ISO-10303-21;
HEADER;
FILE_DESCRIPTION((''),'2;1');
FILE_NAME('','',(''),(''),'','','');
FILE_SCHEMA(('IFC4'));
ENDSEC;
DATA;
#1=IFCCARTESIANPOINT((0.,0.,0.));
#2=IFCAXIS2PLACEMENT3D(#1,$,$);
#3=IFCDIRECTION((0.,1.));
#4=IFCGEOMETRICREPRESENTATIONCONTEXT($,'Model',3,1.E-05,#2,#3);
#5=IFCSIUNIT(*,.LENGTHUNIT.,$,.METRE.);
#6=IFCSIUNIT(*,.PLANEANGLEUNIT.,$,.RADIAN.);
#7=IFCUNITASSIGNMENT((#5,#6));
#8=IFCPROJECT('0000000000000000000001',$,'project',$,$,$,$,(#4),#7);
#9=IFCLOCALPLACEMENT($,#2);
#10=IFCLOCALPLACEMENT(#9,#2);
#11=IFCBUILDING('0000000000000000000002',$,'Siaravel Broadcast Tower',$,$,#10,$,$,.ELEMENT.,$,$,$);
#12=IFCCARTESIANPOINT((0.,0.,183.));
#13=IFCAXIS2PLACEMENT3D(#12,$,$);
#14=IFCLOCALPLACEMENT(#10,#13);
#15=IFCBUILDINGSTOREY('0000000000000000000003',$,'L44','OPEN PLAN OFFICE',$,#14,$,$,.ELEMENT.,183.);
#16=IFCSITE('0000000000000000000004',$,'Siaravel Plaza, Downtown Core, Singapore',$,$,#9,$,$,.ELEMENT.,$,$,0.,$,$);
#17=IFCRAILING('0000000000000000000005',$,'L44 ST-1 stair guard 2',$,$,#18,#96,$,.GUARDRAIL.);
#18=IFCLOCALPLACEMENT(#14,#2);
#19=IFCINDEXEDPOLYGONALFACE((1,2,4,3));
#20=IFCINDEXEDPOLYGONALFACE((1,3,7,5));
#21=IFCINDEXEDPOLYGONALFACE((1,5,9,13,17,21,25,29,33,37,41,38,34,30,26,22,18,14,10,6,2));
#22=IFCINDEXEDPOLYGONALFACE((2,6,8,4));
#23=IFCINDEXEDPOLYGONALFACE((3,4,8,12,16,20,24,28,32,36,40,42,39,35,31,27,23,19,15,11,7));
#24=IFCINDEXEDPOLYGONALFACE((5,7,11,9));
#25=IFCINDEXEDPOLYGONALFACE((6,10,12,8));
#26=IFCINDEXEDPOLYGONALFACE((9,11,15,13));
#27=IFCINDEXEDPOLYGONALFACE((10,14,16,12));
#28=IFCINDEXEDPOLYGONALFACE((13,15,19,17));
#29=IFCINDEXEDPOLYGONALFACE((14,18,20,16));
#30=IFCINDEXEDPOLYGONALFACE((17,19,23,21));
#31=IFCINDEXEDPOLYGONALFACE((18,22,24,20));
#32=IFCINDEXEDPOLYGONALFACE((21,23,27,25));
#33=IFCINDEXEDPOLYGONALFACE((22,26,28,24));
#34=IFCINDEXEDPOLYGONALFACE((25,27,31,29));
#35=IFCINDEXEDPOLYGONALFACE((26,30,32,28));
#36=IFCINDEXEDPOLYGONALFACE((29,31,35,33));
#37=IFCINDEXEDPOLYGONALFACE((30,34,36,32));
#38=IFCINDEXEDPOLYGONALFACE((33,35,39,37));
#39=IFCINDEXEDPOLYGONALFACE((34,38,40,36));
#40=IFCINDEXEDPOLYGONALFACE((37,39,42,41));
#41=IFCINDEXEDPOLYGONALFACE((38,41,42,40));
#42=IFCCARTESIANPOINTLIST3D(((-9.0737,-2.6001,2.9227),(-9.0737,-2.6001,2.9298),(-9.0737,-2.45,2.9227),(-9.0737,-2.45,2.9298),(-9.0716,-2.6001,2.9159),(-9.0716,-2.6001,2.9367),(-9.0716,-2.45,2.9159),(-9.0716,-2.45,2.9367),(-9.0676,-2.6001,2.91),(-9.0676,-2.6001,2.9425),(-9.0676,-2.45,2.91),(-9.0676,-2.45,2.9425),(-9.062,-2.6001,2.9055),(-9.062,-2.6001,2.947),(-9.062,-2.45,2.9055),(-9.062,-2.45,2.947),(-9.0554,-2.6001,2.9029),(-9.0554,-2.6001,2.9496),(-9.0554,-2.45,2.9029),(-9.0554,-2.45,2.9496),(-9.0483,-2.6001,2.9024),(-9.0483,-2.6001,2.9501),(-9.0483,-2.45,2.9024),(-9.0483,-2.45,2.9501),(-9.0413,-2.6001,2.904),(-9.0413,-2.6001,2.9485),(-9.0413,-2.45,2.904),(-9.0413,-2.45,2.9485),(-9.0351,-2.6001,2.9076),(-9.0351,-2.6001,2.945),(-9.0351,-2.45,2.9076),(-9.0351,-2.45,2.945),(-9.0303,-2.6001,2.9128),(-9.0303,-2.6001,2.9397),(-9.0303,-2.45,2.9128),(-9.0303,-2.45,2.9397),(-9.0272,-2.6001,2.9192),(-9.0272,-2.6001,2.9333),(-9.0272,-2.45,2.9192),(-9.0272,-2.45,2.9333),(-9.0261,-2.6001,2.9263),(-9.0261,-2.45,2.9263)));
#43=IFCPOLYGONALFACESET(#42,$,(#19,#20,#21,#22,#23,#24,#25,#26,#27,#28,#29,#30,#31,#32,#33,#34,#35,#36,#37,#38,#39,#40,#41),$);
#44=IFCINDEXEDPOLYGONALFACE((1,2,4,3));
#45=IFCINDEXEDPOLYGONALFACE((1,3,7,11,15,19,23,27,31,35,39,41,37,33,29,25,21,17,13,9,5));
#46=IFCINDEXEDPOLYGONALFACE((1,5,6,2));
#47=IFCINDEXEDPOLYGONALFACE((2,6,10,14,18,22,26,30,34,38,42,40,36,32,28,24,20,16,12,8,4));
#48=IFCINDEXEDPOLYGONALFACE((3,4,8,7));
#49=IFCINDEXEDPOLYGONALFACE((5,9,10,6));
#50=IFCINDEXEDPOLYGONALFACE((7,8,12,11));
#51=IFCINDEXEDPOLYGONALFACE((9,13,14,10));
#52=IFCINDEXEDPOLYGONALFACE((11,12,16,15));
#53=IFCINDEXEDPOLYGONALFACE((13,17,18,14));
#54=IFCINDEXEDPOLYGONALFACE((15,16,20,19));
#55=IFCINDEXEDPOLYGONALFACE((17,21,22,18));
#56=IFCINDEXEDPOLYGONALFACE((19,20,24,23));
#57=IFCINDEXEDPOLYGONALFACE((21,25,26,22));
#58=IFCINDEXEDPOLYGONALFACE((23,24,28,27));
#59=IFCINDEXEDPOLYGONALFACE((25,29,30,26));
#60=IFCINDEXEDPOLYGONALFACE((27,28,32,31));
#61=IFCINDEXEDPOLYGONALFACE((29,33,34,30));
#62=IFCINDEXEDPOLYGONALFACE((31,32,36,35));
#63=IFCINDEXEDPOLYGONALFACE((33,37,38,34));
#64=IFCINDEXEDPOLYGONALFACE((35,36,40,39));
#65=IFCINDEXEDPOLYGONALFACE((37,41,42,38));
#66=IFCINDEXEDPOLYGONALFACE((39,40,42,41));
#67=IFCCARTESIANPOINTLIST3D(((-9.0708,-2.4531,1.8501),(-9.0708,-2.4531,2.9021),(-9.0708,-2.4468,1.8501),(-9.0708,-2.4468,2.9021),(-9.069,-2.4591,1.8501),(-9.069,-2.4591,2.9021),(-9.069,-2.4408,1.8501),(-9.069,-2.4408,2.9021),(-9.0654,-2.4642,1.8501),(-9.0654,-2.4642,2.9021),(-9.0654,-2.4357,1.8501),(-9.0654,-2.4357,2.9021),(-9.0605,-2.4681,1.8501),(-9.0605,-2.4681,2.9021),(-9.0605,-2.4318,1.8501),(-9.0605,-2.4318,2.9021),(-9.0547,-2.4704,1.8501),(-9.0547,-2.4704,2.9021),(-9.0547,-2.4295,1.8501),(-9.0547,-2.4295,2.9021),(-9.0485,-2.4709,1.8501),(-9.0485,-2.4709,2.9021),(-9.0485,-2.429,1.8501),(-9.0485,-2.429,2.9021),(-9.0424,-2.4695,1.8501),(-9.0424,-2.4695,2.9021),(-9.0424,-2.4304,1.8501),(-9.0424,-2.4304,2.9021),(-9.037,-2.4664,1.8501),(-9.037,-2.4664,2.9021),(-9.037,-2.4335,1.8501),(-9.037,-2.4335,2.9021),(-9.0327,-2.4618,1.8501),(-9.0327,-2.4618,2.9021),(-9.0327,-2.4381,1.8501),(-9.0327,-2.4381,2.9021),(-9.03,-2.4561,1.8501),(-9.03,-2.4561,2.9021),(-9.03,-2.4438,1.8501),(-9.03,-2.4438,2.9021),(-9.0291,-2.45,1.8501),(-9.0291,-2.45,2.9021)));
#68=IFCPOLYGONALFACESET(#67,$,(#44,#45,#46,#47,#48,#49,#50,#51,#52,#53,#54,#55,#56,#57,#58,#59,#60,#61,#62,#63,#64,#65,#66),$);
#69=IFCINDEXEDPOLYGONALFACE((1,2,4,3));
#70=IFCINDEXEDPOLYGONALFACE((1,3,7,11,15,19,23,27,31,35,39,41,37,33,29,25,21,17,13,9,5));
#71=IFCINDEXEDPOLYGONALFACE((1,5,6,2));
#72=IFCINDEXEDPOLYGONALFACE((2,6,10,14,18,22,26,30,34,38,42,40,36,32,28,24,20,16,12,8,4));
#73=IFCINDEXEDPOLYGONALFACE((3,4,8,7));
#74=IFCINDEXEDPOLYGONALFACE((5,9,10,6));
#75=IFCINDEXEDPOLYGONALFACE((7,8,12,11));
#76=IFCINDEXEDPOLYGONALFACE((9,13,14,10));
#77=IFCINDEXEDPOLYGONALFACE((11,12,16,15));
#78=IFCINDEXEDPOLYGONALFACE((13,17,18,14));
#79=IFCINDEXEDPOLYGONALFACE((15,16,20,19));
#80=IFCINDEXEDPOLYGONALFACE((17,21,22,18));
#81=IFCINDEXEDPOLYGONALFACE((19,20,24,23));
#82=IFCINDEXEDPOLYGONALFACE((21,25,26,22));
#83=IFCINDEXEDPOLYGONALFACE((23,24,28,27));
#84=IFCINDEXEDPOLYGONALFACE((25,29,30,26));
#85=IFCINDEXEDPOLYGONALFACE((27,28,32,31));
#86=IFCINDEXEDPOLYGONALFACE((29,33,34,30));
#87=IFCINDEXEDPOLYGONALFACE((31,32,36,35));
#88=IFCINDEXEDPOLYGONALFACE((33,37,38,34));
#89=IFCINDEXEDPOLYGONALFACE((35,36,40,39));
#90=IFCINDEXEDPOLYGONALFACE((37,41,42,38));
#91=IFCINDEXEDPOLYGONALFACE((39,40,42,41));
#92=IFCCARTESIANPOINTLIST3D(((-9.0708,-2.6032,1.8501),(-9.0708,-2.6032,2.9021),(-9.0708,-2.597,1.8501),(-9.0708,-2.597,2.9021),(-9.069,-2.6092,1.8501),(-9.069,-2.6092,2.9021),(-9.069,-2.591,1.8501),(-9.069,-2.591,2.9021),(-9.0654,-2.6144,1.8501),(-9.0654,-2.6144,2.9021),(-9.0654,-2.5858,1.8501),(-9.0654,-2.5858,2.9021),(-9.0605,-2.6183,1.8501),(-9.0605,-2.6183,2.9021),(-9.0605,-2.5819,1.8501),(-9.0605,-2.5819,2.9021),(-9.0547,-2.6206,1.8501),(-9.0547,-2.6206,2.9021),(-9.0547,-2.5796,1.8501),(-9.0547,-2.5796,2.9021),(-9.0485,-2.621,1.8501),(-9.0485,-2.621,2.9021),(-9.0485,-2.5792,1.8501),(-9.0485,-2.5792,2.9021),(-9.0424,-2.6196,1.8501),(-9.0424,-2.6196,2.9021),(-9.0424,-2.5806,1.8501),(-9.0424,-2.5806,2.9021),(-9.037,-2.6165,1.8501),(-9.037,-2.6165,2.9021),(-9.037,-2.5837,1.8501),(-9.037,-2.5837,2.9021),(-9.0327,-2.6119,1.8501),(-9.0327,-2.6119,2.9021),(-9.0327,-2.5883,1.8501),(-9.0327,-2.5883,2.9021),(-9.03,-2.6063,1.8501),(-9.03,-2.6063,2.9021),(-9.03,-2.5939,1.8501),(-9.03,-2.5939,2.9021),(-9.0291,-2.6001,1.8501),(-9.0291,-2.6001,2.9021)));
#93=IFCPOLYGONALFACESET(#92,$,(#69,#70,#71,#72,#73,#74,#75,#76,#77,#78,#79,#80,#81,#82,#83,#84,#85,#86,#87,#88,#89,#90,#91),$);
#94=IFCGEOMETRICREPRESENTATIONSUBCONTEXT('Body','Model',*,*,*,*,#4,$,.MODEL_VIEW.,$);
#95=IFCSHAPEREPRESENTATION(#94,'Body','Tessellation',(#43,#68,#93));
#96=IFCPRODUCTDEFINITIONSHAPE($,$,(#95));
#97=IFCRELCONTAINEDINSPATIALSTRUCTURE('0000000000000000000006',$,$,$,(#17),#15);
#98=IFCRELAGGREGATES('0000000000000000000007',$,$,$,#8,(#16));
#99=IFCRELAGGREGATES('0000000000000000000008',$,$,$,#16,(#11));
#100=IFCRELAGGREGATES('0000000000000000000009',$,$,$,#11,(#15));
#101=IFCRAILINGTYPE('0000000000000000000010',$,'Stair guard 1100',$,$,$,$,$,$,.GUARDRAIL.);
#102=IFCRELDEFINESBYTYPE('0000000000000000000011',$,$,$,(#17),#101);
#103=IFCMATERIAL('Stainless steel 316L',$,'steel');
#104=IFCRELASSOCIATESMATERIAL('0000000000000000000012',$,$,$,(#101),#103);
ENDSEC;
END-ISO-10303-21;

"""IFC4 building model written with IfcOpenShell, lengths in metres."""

from ifc_helpers import new_model, si_unit, direction, frame, origin, origin_2d, place, context, subcontext, project, spatial, circle, extrude, material, type_object, element, save


model = new_model("IFC4")

# Units and contexts
model_context = context("Model", 3, precision=1e-05, world=origin(), true_north=direction((0.0, 1.0)))
body_context = subcontext(model_context, "Body", "Model", "MODEL_VIEW")
ifc_project = project(units=[si_unit("LENGTHUNIT", "METRE"), si_unit("PLANEANGLEUNIT", "RADIAN")], contexts=[model_context])

# Site, building, storey
site_placement = place(None, origin())
site = spatial("IfcSite", under=ifc_project, at=site_placement, Name="Siaravel Plaza, Downtown Core, Singapore", CompositionType="ELEMENT", RefElevation=0.0)
building_placement = place(site_placement, origin())
building = spatial("IfcBuilding", under=site, at=building_placement, Name="Siaravel Broadcast Tower", CompositionType="ELEMENT")
storey_placement = place(building_placement, frame((0.0, 0.0, 183.0)))
storey = spatial("IfcBuildingStorey", under=building, at=storey_placement, Name="L44", Description="OPEN PLAN OFFICE", CompositionType="ELEMENT", Elevation=183.0)

# Railing
ifc_material_1 = material(Name="Stainless steel 316L", Category="steel")
railing_type_1 = type_object("IfcRailingType", Name="Stair guard 1100", PredefinedType="GUARDRAIL", material=ifc_material_1)
railing_1_placement = place(storey_placement, frame((-9.05, -2.45, 1.8501)))
element("IfcRailing", 1, at=railing_1_placement, inside=storey, type_object=railing_type_1, Name="L44 ST-1 stair guard 2", PredefinedType="GUARDRAIL", context=body_context, shape_type="SweptSolid", body=[
    extrude(circle(Radius=0.0239, at=origin_2d()), frame((0.0, 0.0, 1.0762), z_axis=(0.0, -1.0, 0.0), x_axis=(1.0, 0.0, 0.0)), (0.0, 0.0, 1.0), 0.1501),
    extrude(circle(Radius=0.021, at=origin_2d()), origin(), (0.0, 0.0, 1.0), 1.052),
    extrude(circle(Radius=0.021, at=origin_2d()), frame((0.0, -0.1501, 0.0)), (0.0, 0.0, 1.0), 1.052),
])

save(model, "model.ifc")
